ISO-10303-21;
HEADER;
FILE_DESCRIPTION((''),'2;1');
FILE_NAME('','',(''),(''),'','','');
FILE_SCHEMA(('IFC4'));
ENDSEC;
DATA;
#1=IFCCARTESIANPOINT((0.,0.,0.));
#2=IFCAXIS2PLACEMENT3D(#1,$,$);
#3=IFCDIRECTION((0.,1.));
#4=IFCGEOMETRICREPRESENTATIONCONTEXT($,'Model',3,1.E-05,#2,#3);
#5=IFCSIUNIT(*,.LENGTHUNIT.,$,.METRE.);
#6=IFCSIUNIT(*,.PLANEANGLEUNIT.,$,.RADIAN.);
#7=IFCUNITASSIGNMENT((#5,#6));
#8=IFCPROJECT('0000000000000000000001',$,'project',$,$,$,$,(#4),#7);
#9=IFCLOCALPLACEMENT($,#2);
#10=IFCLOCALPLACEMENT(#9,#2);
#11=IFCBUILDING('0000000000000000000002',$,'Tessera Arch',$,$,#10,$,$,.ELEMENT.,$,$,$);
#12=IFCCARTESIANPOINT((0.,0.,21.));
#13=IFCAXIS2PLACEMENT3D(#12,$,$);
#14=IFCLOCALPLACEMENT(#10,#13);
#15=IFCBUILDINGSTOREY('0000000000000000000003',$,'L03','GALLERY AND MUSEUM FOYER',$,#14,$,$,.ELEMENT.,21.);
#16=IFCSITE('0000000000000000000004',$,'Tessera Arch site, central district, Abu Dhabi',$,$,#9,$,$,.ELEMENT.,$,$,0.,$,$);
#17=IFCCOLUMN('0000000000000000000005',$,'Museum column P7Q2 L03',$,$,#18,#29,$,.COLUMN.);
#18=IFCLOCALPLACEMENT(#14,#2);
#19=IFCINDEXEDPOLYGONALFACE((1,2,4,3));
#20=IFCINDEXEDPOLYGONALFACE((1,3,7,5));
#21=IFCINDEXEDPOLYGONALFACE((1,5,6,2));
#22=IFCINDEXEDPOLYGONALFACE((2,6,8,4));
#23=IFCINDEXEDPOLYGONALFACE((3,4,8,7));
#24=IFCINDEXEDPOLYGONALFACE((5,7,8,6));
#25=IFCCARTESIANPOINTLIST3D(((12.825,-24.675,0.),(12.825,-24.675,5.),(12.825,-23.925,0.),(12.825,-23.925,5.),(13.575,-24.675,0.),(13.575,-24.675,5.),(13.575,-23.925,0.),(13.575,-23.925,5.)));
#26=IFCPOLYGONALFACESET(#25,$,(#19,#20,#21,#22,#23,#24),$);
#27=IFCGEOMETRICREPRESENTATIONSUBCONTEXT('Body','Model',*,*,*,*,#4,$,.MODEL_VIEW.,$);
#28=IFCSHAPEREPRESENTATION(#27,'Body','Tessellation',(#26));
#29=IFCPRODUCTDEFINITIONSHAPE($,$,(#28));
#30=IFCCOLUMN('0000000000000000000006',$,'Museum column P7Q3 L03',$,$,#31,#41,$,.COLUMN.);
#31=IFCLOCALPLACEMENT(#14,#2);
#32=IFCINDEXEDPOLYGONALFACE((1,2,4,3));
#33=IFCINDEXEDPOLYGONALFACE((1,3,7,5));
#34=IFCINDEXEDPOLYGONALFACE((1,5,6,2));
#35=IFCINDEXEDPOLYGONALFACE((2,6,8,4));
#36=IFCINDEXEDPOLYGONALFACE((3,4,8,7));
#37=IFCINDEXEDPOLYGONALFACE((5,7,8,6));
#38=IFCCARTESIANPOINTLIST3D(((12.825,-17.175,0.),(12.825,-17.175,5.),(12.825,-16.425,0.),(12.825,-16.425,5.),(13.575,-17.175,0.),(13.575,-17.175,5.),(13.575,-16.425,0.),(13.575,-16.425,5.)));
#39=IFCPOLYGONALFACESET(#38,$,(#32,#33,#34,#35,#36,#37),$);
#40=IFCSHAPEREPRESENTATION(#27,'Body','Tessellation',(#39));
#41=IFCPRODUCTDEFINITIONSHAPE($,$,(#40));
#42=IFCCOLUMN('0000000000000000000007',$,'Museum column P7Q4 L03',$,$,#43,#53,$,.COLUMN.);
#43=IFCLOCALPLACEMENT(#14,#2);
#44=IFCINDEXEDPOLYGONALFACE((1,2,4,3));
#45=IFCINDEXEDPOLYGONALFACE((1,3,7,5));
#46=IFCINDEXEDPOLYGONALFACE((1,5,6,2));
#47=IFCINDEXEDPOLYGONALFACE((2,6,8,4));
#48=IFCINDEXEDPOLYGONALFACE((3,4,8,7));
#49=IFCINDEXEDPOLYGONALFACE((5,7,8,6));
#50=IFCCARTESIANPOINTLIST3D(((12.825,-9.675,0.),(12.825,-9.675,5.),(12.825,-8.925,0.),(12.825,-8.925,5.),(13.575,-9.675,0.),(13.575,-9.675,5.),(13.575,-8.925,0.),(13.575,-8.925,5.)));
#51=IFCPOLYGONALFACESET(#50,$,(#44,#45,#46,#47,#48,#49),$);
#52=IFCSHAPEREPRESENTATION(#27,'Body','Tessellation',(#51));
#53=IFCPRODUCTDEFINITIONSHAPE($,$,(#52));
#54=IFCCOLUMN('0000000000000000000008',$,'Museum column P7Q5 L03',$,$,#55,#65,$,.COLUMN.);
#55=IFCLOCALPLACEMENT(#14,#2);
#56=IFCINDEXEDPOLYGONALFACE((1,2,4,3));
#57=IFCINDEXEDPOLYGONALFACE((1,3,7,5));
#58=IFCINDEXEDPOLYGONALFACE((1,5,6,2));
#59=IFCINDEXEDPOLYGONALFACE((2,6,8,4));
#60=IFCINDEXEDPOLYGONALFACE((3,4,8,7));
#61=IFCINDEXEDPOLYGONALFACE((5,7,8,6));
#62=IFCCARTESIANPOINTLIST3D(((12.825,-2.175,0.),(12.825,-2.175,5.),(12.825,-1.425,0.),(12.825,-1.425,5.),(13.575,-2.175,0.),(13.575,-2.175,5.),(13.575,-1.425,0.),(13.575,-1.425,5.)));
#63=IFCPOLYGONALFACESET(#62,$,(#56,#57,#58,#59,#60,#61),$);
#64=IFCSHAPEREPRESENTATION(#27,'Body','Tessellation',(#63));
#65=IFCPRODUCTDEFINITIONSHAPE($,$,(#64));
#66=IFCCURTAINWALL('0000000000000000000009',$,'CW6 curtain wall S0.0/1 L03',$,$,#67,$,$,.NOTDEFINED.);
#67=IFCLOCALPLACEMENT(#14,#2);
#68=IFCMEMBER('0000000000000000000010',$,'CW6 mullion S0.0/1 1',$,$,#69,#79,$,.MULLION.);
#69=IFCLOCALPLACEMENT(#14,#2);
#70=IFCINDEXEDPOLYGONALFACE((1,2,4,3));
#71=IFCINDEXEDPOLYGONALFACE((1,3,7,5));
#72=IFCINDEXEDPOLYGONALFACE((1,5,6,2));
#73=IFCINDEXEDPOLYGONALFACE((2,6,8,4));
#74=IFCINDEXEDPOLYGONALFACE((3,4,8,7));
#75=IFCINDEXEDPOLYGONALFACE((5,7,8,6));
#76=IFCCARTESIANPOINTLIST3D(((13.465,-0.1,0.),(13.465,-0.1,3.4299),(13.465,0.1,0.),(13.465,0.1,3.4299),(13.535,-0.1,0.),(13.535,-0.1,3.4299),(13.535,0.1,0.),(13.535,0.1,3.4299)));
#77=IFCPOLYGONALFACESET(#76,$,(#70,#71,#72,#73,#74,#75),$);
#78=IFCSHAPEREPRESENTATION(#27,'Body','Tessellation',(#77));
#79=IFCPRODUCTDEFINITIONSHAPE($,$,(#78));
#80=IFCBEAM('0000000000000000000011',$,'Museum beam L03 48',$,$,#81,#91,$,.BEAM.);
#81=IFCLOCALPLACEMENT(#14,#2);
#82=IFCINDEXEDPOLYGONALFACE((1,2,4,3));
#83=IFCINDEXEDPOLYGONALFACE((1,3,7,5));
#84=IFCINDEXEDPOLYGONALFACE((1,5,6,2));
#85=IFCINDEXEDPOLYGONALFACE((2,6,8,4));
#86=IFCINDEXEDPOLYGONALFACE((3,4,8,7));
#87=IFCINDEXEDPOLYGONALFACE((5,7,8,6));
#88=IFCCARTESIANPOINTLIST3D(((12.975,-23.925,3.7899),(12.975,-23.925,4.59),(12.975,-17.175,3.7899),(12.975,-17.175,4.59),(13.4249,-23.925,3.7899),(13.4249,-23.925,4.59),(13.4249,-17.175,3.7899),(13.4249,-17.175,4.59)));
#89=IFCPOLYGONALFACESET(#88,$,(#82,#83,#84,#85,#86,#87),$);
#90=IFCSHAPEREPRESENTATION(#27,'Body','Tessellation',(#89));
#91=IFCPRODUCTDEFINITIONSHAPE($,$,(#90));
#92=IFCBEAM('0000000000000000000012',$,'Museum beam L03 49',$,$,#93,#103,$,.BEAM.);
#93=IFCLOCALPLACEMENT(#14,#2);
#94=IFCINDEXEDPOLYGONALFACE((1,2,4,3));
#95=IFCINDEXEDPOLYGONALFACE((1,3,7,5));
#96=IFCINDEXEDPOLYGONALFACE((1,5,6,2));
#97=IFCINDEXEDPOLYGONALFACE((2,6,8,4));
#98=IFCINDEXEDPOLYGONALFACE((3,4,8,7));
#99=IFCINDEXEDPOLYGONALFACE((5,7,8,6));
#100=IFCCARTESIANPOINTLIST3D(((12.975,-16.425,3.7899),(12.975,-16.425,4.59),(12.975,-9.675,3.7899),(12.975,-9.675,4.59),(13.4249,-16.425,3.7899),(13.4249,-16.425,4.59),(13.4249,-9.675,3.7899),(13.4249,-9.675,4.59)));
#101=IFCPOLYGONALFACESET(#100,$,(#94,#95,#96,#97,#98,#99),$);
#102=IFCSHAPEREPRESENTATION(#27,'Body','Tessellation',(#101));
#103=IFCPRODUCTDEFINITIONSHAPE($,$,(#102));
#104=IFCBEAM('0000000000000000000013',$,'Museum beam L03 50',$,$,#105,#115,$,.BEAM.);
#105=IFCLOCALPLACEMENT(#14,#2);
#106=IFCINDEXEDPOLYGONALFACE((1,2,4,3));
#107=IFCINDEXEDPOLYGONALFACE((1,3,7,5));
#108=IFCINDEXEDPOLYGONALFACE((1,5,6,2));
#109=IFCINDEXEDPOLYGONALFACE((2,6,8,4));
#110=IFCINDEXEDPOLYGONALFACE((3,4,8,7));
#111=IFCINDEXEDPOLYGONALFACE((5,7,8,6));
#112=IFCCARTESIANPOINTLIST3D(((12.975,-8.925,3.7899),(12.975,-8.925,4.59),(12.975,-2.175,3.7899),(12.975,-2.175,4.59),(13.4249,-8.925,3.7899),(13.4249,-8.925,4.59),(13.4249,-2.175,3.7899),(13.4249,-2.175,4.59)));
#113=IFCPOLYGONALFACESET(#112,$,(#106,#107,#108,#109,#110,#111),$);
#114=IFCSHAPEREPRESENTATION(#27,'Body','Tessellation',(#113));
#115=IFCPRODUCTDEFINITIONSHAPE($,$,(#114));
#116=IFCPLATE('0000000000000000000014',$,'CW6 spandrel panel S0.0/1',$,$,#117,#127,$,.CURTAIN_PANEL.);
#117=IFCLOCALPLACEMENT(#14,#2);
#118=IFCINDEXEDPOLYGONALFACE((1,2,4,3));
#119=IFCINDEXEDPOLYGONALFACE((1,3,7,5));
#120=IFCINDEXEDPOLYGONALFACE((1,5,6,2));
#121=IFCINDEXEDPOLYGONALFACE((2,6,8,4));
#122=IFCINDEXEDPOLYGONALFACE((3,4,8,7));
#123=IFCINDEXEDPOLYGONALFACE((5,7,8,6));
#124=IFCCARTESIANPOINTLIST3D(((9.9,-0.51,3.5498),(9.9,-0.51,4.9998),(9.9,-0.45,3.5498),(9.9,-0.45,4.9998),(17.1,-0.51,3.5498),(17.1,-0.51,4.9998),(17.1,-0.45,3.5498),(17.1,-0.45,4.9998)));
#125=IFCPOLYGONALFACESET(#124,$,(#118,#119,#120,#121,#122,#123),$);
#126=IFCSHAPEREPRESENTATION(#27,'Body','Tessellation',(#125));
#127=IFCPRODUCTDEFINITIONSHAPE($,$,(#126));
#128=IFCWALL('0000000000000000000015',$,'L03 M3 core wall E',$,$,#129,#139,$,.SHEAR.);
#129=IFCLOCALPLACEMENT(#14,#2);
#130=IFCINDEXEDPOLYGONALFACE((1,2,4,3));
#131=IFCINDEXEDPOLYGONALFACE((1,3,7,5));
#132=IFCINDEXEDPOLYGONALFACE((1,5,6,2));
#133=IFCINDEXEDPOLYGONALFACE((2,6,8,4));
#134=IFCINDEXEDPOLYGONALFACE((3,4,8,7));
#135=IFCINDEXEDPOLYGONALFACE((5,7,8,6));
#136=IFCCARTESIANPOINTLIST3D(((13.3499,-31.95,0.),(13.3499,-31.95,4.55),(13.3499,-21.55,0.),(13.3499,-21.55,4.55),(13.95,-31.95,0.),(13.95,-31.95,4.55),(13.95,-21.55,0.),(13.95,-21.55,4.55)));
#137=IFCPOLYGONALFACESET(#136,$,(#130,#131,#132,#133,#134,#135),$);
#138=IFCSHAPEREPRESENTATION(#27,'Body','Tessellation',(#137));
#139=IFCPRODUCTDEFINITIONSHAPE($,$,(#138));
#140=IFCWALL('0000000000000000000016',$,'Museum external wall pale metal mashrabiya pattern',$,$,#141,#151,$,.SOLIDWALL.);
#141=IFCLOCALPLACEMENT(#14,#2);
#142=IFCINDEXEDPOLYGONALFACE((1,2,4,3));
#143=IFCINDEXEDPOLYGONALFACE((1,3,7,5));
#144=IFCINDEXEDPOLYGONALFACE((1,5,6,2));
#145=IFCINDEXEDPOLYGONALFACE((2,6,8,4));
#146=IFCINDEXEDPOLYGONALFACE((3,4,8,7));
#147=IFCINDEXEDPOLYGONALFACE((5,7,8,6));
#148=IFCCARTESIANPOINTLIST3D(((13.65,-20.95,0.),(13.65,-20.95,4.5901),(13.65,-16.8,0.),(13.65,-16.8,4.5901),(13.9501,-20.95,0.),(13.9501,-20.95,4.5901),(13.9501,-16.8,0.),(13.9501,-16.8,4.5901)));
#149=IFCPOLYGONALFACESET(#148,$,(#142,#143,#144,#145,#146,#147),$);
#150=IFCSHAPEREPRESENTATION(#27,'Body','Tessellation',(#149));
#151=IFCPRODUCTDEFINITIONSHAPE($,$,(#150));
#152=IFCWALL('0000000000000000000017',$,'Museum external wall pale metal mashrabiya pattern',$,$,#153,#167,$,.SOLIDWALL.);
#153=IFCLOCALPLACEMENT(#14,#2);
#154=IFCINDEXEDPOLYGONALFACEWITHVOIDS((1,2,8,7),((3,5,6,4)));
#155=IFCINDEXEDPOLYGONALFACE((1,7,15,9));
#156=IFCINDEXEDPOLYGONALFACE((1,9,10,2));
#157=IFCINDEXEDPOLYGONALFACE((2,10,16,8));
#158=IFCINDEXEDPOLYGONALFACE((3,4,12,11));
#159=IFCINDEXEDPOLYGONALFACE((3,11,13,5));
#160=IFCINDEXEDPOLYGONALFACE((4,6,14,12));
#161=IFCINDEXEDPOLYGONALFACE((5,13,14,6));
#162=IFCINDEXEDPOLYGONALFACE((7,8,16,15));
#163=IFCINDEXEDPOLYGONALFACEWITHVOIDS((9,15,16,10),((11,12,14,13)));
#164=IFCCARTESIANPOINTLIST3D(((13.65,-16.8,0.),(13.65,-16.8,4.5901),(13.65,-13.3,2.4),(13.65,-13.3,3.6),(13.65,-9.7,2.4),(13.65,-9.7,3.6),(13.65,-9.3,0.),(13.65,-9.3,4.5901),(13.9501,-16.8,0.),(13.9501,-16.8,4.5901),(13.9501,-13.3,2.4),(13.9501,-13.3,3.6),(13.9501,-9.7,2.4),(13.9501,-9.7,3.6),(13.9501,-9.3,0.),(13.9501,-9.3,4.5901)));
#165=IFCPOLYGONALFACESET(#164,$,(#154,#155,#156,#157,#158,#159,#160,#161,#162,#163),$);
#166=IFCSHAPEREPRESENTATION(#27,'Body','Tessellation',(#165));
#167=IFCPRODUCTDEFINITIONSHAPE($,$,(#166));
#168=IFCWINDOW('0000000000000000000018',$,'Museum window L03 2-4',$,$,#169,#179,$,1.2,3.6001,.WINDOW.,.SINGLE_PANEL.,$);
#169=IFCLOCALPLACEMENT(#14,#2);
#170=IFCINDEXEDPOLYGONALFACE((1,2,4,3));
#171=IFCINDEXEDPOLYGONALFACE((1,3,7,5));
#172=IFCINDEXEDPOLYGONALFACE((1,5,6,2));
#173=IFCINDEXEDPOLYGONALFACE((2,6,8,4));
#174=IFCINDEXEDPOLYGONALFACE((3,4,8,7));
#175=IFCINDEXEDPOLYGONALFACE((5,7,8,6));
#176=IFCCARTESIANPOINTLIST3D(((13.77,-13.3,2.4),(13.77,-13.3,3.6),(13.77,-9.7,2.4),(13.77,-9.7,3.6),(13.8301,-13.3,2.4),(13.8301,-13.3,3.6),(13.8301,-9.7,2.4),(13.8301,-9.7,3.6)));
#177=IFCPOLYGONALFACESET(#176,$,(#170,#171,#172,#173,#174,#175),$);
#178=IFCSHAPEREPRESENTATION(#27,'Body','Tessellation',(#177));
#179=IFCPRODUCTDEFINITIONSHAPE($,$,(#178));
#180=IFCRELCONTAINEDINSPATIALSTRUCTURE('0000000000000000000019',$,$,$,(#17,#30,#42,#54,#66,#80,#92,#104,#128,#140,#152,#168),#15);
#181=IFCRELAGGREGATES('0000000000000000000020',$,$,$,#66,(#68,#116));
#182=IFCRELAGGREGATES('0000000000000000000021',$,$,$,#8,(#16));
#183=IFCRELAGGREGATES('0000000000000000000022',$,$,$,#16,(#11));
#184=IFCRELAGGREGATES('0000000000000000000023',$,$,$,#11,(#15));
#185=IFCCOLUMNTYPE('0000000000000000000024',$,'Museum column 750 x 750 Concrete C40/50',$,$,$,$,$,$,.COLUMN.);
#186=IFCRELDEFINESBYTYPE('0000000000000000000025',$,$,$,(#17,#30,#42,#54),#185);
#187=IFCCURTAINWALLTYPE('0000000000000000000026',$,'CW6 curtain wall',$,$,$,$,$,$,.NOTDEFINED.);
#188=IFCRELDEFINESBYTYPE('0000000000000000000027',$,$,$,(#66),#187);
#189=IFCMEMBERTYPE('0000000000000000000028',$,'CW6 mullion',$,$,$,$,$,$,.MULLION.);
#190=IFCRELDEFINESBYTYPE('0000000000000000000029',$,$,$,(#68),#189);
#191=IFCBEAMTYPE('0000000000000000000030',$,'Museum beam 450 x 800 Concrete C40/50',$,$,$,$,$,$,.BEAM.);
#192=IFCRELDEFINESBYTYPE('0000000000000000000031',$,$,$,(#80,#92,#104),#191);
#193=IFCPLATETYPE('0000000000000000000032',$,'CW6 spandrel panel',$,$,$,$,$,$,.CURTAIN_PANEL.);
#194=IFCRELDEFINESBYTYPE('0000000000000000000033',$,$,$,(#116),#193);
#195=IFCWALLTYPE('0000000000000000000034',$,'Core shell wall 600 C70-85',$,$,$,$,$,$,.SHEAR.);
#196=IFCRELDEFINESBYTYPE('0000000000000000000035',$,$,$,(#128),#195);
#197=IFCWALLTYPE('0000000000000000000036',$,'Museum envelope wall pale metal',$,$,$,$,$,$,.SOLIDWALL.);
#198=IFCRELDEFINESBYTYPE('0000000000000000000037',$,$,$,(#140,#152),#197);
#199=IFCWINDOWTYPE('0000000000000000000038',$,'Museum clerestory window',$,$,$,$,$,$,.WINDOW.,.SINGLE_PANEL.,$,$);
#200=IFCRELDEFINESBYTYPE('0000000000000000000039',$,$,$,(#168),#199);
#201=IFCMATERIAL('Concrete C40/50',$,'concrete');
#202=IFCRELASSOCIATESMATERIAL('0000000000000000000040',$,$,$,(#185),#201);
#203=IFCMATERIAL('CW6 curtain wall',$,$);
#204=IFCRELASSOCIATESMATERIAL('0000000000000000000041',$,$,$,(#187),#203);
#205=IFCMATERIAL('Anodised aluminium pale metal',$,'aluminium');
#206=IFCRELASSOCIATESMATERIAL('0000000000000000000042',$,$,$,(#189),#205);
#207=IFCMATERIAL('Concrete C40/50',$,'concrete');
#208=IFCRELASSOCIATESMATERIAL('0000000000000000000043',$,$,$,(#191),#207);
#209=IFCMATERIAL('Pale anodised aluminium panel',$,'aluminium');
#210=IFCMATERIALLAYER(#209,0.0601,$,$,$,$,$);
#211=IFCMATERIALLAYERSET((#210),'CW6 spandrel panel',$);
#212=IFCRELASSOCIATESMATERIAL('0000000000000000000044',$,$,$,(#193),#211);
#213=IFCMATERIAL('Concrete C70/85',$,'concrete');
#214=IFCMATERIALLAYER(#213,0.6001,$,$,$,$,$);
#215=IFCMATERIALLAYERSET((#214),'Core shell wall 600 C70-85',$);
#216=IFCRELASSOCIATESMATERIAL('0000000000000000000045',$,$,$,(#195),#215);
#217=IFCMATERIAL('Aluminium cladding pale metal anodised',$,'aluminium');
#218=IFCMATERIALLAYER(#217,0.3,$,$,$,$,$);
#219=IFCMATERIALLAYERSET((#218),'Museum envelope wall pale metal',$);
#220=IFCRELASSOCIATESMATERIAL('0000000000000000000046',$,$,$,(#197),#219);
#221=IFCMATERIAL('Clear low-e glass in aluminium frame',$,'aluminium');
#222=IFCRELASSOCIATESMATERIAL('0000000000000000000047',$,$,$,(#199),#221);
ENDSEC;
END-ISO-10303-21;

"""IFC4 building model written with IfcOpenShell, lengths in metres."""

from ifc_helpers import new_model, si_unit, direction, frame, frame_2d, origin, origin_2d, place, context, subcontext, project, spatial, rectangle, extrude, material, layer, layer_set, material_profile, profile_set, type_object, element, fill, aggregate, save


model = new_model("IFC4")

# Units and contexts
model_context = context("Model", 3, precision=1e-05, world=origin(), true_north=direction((0.0, 1.0)))
body_context = subcontext(model_context, "Body", "Model", "MODEL_VIEW")
ifc_project = project(units=[si_unit("LENGTHUNIT", "METRE"), si_unit("PLANEANGLEUNIT", "RADIAN")], contexts=[model_context])

# Site, building, storey
site_placement = place(None, origin())
site = spatial("IfcSite", under=ifc_project, at=site_placement, Name="Tessera Arch site, central district, Abu Dhabi", CompositionType="ELEMENT", RefElevation=0.0)
building_placement = place(site_placement, origin())
building = spatial("IfcBuilding", under=site, at=building_placement, Name="Tessera Arch", CompositionType="ELEMENT")
storey_placement = place(building_placement, frame((0.0, 0.0, 21.0)))
storey = spatial("IfcBuildingStorey", under=building, at=storey_placement, Name="L03", Description="GALLERY AND MUSEUM FOYER", CompositionType="ELEMENT", Elevation=21.0)

# Columns
ifc_material_1 = material(Name="Concrete C40/50", Category="concrete")
ifc_material_profile_1 = material_profile(ifc_material_1, rectangle(XDim=0.75, YDim=0.75, at=origin_2d()), Name="Museum column 750 x 750 Concrete C40/50")
ifc_profile_set_1 = profile_set([ifc_material_profile_1], Name="Concrete C40/50")
column_type = type_object("IfcColumnType", Name="Museum column 750 x 750 Concrete C40/50", PredefinedType="COLUMN", material=ifc_profile_set_1)
for number, where, z_axis, x_axis, name in (
    (1, (13.2, -24.3, 0.0), (0.0, 0.0, 1.0), (1.0, 0.0, 0.0), "Museum column P7Q2 L03"),
    (2, (13.2, -16.8, 0.0), (0.0, 0.0, 1.0), (1.0, 0.0, 0.0), "Museum column P7Q3 L03"),
    (3, (13.2, -9.3, 0.0), (0.0, 0.0, 1.0), (1.0, 0.0, 0.0), "Museum column P7Q4 L03"),
    (4, (13.2, -1.8, 0.0), (0.0, 0.0, 1.0), (1.0, 0.0, 0.0), "Museum column P7Q5 L03"),
):
    element("IfcColumn", number, at=place(storey_placement, frame(where, z_axis=z_axis, x_axis=x_axis)), inside=storey, type_object=column_type, Name=name, PredefinedType="COLUMN", context=body_context, shape_type="SweptSolid", body=[
        extrude(rectangle(XDim=0.75, YDim=0.75, at=origin_2d()), origin(), (0.0, 0.0, 1.0), 5.0),
    ])

# Curtain wall, member
ifc_material_2 = material(Name="CW6 curtain wall")
curtain_wall_type = type_object("IfcCurtainWallType", Name="CW6 curtain wall", PredefinedType="NOTDEFINED", material=ifc_material_2)
curtain_wall_placement = place(storey_placement, origin())
curtain_wall = element("IfcCurtainWall", 5, at=curtain_wall_placement, inside=storey, type_object=curtain_wall_type, Name="CW6 curtain wall S0.0/1 L03", PredefinedType="NOTDEFINED")
ifc_material_3 = material(Name="Anodised aluminium pale metal", Category="aluminium")
ifc_material_profile_2 = material_profile(ifc_material_3, rectangle(XDim=0.2, YDim=0.0701, at=origin_2d()), Name="AL 70x200")
ifc_profile_set_2 = profile_set([ifc_material_profile_2], Name="Anodised aluminium pale metal")
member_type = type_object("IfcMemberType", Name="CW6 mullion", PredefinedType="MULLION", material=ifc_profile_set_2)
member_placement = place(storey_placement, frame((13.5, 0.0, 0.0), z_axis=(0.0, 0.0, 1.0), x_axis=(0.0, 1.0, 0.0)))
member = element("IfcMember", 6, at=member_placement, type_object=member_type, Name="CW6 mullion S0.0/1 1", PredefinedType="MULLION", context=body_context, shape_type="SweptSolid", body=[
    extrude(rectangle(XDim=0.2, YDim=0.0701, at=origin_2d()), origin(), (0.0, 0.0, 1.0), 3.4299),
])

# Beams
ifc_material_4 = material(Name="Concrete C40/50", Category="concrete")
ifc_material_profile_3 = material_profile(ifc_material_4, rectangle(XDim=0.45, YDim=0.8, at=origin_2d()), Name="Museum beam 450 x 800 Concrete C40/50")
ifc_profile_set_3 = profile_set([ifc_material_profile_3], Name="Concrete C40/50")
beam_type = type_object("IfcBeamType", Name="Museum beam 450 x 800 Concrete C40/50", PredefinedType="BEAM", material=ifc_profile_set_3)
for number, where, z_axis, x_axis, name in (
    (7, (13.2, -23.925, 4.1899), (0.0, 1.0, 0.0), (-1.0, 0.0, 0.0), "Museum beam L03 48"),
    (8, (13.2, -16.425, 4.1899), (0.0, 1.0, 0.0), (-1.0, 0.0, 0.0), "Museum beam L03 49"),
    (9, (13.2, -8.925, 4.1899), (0.0, 1.0, 0.0), (-1.0, 0.0, 0.0), "Museum beam L03 50"),
):
    element("IfcBeam", number, at=place(storey_placement, frame(where, z_axis=z_axis, x_axis=x_axis)), inside=storey, type_object=beam_type, Name=name, PredefinedType="BEAM", context=body_context, shape_type="SweptSolid", body=[
        extrude(rectangle(XDim=0.45, YDim=0.8, at=origin_2d()), origin(), (0.0, 0.0, 1.0), 6.75),
    ])

# Plate
ifc_material_5 = material(Name="Pale anodised aluminium panel", Category="aluminium")
ifc_layer_1 = layer(ifc_material_5, 0.0601)
ifc_layer_set_1 = layer_set([ifc_layer_1], Name="CW6 spandrel panel")
plate_type = type_object("IfcPlateType", Name="CW6 spandrel panel", PredefinedType="CURTAIN_PANEL", material=ifc_layer_set_1)
plate_placement = place(storey_placement, frame((13.5, -0.48, 3.5498), z_axis=(0.0, 0.0, 1.0), x_axis=(1.0, 0.0, 0.0)))
plate = element("IfcPlate", 10, at=plate_placement, type_object=plate_type, Name="CW6 spandrel panel S0.0/1", PredefinedType="CURTAIN_PANEL", context=body_context, shape_type="SweptSolid", body=[
    extrude(rectangle(XDim=7.2, YDim=0.0601, at=origin_2d()), origin(), (0.0, 0.0, 1.0), 1.45),
])
aggregate(curtain_wall, [member, plate])

# Walls
ifc_material_6 = material(Name="Concrete C70/85", Category="concrete")
ifc_layer_2 = layer(ifc_material_6, 0.6001)
ifc_layer_set_2 = layer_set([ifc_layer_2], Name="Core shell wall 600 C70-85")
wall_type_1 = type_object("IfcWallType", Name="Core shell wall 600 C70-85", PredefinedType="SHEAR", material=ifc_layer_set_2)
wall_1_placement = place(storey_placement, frame((13.6499, -31.95, 0.0), z_axis=(0.0, 0.0, 1.0), x_axis=(0.0, 1.0, 0.0)))
element("IfcWall", 11, at=wall_1_placement, inside=storey, type_object=wall_type_1, Name="L03 M3 core wall E", PredefinedType="SHEAR", context=body_context, shape_type="SweptSolid", body=[
    extrude(rectangle(XDim=10.3999, YDim=0.6001, at=frame_2d((5.2, 0.0))), origin(), (0.0, 0.0, 1.0), 4.55),
])
ifc_material_7 = material(Name="Aluminium cladding pale metal anodised", Category="aluminium")
ifc_layer_3 = layer(ifc_material_7, 0.3)
ifc_layer_set_3 = layer_set([ifc_layer_3], Name="Museum envelope wall pale metal")
wall_type_2 = type_object("IfcWallType", Name="Museum envelope wall pale metal", PredefinedType="SOLIDWALL", material=ifc_layer_set_3)
wall_2_placement = place(storey_placement, frame((13.8, -20.95, 0.0), z_axis=(0.0, 0.0, 1.0), x_axis=(0.0, 1.0, 0.0)))
element("IfcWall", 12, at=wall_2_placement, inside=storey, type_object=wall_type_2, Name="Museum external wall pale metal mashrabiya pattern", PredefinedType="SOLIDWALL", context=body_context, shape_type="SweptSolid", body=[
    extrude(rectangle(XDim=4.1499, YDim=0.3, at=frame_2d((2.075, 0.0))), origin(), (0.0, 0.0, 1.0), 4.5901),
])

# Wall, opening, window
wall_3_placement = place(storey_placement, frame((13.8, -16.8, 0.0), z_axis=(0.0, 0.0, 1.0), x_axis=(0.0, 1.0, 0.0)))
wall_3 = element("IfcWall", 13, at=wall_3_placement, inside=storey, type_object=wall_type_2, Name="Museum external wall pale metal mashrabiya pattern", PredefinedType="SOLIDWALL", context=body_context, shape_type="SweptSolid", body=[
    extrude(rectangle(XDim=7.5, YDim=0.3, at=frame_2d((3.75, 0.0))), origin(), (0.0, 0.0, 1.0), 4.5901),
])
opening_1_placement = place(wall_3_placement, frame((3.5, 0.0, 2.3999)))
opening_1 = element("IfcOpeningElement", 14, at=opening_1_placement, cuts=wall_3, PredefinedType="OPENING", context=body_context, shape_type="SweptSolid", body=[
    extrude(rectangle(XDim=3.6001, YDim=1.2, at=frame_2d((1.8, 0.6001))), frame((0.0, 0.1599, 0.0), z_axis=(0.0, -1.0, 0.0), x_axis=(1.0, 0.0, 0.0)), (0.0, 0.0, 1.0), 0.3201),
])
ifc_material_8 = material(Name="Clear low-e glass in aluminium frame", Category="aluminium")
window_type = type_object("IfcWindowType", Name="Museum clerestory window", PartitioningType="SINGLE_PANEL", PredefinedType="WINDOW", material=ifc_material_8)
window_1_placement = place(opening_1_placement, origin())
window_1 = element("IfcWindow", 15, at=window_1_placement, inside=storey, type_object=window_type, Name="Museum window L03 2-4", OverallHeight=1.2, OverallWidth=3.6001, PartitioningType="SINGLE_PANEL", PredefinedType="WINDOW", context=body_context, shape_type="SweptSolid", body=[
    extrude(rectangle(XDim=3.6001, YDim=1.2, at=frame_2d((1.8, 0.6001))), frame((0.0, 0.03, 0.0), z_axis=(0.0, -1.0, 0.0), x_axis=(1.0, 0.0, 0.0)), (0.0, 0.0, 1.0), 0.0601),
])
fill(opening_1, window_1)

save(model, "model.ifc")
